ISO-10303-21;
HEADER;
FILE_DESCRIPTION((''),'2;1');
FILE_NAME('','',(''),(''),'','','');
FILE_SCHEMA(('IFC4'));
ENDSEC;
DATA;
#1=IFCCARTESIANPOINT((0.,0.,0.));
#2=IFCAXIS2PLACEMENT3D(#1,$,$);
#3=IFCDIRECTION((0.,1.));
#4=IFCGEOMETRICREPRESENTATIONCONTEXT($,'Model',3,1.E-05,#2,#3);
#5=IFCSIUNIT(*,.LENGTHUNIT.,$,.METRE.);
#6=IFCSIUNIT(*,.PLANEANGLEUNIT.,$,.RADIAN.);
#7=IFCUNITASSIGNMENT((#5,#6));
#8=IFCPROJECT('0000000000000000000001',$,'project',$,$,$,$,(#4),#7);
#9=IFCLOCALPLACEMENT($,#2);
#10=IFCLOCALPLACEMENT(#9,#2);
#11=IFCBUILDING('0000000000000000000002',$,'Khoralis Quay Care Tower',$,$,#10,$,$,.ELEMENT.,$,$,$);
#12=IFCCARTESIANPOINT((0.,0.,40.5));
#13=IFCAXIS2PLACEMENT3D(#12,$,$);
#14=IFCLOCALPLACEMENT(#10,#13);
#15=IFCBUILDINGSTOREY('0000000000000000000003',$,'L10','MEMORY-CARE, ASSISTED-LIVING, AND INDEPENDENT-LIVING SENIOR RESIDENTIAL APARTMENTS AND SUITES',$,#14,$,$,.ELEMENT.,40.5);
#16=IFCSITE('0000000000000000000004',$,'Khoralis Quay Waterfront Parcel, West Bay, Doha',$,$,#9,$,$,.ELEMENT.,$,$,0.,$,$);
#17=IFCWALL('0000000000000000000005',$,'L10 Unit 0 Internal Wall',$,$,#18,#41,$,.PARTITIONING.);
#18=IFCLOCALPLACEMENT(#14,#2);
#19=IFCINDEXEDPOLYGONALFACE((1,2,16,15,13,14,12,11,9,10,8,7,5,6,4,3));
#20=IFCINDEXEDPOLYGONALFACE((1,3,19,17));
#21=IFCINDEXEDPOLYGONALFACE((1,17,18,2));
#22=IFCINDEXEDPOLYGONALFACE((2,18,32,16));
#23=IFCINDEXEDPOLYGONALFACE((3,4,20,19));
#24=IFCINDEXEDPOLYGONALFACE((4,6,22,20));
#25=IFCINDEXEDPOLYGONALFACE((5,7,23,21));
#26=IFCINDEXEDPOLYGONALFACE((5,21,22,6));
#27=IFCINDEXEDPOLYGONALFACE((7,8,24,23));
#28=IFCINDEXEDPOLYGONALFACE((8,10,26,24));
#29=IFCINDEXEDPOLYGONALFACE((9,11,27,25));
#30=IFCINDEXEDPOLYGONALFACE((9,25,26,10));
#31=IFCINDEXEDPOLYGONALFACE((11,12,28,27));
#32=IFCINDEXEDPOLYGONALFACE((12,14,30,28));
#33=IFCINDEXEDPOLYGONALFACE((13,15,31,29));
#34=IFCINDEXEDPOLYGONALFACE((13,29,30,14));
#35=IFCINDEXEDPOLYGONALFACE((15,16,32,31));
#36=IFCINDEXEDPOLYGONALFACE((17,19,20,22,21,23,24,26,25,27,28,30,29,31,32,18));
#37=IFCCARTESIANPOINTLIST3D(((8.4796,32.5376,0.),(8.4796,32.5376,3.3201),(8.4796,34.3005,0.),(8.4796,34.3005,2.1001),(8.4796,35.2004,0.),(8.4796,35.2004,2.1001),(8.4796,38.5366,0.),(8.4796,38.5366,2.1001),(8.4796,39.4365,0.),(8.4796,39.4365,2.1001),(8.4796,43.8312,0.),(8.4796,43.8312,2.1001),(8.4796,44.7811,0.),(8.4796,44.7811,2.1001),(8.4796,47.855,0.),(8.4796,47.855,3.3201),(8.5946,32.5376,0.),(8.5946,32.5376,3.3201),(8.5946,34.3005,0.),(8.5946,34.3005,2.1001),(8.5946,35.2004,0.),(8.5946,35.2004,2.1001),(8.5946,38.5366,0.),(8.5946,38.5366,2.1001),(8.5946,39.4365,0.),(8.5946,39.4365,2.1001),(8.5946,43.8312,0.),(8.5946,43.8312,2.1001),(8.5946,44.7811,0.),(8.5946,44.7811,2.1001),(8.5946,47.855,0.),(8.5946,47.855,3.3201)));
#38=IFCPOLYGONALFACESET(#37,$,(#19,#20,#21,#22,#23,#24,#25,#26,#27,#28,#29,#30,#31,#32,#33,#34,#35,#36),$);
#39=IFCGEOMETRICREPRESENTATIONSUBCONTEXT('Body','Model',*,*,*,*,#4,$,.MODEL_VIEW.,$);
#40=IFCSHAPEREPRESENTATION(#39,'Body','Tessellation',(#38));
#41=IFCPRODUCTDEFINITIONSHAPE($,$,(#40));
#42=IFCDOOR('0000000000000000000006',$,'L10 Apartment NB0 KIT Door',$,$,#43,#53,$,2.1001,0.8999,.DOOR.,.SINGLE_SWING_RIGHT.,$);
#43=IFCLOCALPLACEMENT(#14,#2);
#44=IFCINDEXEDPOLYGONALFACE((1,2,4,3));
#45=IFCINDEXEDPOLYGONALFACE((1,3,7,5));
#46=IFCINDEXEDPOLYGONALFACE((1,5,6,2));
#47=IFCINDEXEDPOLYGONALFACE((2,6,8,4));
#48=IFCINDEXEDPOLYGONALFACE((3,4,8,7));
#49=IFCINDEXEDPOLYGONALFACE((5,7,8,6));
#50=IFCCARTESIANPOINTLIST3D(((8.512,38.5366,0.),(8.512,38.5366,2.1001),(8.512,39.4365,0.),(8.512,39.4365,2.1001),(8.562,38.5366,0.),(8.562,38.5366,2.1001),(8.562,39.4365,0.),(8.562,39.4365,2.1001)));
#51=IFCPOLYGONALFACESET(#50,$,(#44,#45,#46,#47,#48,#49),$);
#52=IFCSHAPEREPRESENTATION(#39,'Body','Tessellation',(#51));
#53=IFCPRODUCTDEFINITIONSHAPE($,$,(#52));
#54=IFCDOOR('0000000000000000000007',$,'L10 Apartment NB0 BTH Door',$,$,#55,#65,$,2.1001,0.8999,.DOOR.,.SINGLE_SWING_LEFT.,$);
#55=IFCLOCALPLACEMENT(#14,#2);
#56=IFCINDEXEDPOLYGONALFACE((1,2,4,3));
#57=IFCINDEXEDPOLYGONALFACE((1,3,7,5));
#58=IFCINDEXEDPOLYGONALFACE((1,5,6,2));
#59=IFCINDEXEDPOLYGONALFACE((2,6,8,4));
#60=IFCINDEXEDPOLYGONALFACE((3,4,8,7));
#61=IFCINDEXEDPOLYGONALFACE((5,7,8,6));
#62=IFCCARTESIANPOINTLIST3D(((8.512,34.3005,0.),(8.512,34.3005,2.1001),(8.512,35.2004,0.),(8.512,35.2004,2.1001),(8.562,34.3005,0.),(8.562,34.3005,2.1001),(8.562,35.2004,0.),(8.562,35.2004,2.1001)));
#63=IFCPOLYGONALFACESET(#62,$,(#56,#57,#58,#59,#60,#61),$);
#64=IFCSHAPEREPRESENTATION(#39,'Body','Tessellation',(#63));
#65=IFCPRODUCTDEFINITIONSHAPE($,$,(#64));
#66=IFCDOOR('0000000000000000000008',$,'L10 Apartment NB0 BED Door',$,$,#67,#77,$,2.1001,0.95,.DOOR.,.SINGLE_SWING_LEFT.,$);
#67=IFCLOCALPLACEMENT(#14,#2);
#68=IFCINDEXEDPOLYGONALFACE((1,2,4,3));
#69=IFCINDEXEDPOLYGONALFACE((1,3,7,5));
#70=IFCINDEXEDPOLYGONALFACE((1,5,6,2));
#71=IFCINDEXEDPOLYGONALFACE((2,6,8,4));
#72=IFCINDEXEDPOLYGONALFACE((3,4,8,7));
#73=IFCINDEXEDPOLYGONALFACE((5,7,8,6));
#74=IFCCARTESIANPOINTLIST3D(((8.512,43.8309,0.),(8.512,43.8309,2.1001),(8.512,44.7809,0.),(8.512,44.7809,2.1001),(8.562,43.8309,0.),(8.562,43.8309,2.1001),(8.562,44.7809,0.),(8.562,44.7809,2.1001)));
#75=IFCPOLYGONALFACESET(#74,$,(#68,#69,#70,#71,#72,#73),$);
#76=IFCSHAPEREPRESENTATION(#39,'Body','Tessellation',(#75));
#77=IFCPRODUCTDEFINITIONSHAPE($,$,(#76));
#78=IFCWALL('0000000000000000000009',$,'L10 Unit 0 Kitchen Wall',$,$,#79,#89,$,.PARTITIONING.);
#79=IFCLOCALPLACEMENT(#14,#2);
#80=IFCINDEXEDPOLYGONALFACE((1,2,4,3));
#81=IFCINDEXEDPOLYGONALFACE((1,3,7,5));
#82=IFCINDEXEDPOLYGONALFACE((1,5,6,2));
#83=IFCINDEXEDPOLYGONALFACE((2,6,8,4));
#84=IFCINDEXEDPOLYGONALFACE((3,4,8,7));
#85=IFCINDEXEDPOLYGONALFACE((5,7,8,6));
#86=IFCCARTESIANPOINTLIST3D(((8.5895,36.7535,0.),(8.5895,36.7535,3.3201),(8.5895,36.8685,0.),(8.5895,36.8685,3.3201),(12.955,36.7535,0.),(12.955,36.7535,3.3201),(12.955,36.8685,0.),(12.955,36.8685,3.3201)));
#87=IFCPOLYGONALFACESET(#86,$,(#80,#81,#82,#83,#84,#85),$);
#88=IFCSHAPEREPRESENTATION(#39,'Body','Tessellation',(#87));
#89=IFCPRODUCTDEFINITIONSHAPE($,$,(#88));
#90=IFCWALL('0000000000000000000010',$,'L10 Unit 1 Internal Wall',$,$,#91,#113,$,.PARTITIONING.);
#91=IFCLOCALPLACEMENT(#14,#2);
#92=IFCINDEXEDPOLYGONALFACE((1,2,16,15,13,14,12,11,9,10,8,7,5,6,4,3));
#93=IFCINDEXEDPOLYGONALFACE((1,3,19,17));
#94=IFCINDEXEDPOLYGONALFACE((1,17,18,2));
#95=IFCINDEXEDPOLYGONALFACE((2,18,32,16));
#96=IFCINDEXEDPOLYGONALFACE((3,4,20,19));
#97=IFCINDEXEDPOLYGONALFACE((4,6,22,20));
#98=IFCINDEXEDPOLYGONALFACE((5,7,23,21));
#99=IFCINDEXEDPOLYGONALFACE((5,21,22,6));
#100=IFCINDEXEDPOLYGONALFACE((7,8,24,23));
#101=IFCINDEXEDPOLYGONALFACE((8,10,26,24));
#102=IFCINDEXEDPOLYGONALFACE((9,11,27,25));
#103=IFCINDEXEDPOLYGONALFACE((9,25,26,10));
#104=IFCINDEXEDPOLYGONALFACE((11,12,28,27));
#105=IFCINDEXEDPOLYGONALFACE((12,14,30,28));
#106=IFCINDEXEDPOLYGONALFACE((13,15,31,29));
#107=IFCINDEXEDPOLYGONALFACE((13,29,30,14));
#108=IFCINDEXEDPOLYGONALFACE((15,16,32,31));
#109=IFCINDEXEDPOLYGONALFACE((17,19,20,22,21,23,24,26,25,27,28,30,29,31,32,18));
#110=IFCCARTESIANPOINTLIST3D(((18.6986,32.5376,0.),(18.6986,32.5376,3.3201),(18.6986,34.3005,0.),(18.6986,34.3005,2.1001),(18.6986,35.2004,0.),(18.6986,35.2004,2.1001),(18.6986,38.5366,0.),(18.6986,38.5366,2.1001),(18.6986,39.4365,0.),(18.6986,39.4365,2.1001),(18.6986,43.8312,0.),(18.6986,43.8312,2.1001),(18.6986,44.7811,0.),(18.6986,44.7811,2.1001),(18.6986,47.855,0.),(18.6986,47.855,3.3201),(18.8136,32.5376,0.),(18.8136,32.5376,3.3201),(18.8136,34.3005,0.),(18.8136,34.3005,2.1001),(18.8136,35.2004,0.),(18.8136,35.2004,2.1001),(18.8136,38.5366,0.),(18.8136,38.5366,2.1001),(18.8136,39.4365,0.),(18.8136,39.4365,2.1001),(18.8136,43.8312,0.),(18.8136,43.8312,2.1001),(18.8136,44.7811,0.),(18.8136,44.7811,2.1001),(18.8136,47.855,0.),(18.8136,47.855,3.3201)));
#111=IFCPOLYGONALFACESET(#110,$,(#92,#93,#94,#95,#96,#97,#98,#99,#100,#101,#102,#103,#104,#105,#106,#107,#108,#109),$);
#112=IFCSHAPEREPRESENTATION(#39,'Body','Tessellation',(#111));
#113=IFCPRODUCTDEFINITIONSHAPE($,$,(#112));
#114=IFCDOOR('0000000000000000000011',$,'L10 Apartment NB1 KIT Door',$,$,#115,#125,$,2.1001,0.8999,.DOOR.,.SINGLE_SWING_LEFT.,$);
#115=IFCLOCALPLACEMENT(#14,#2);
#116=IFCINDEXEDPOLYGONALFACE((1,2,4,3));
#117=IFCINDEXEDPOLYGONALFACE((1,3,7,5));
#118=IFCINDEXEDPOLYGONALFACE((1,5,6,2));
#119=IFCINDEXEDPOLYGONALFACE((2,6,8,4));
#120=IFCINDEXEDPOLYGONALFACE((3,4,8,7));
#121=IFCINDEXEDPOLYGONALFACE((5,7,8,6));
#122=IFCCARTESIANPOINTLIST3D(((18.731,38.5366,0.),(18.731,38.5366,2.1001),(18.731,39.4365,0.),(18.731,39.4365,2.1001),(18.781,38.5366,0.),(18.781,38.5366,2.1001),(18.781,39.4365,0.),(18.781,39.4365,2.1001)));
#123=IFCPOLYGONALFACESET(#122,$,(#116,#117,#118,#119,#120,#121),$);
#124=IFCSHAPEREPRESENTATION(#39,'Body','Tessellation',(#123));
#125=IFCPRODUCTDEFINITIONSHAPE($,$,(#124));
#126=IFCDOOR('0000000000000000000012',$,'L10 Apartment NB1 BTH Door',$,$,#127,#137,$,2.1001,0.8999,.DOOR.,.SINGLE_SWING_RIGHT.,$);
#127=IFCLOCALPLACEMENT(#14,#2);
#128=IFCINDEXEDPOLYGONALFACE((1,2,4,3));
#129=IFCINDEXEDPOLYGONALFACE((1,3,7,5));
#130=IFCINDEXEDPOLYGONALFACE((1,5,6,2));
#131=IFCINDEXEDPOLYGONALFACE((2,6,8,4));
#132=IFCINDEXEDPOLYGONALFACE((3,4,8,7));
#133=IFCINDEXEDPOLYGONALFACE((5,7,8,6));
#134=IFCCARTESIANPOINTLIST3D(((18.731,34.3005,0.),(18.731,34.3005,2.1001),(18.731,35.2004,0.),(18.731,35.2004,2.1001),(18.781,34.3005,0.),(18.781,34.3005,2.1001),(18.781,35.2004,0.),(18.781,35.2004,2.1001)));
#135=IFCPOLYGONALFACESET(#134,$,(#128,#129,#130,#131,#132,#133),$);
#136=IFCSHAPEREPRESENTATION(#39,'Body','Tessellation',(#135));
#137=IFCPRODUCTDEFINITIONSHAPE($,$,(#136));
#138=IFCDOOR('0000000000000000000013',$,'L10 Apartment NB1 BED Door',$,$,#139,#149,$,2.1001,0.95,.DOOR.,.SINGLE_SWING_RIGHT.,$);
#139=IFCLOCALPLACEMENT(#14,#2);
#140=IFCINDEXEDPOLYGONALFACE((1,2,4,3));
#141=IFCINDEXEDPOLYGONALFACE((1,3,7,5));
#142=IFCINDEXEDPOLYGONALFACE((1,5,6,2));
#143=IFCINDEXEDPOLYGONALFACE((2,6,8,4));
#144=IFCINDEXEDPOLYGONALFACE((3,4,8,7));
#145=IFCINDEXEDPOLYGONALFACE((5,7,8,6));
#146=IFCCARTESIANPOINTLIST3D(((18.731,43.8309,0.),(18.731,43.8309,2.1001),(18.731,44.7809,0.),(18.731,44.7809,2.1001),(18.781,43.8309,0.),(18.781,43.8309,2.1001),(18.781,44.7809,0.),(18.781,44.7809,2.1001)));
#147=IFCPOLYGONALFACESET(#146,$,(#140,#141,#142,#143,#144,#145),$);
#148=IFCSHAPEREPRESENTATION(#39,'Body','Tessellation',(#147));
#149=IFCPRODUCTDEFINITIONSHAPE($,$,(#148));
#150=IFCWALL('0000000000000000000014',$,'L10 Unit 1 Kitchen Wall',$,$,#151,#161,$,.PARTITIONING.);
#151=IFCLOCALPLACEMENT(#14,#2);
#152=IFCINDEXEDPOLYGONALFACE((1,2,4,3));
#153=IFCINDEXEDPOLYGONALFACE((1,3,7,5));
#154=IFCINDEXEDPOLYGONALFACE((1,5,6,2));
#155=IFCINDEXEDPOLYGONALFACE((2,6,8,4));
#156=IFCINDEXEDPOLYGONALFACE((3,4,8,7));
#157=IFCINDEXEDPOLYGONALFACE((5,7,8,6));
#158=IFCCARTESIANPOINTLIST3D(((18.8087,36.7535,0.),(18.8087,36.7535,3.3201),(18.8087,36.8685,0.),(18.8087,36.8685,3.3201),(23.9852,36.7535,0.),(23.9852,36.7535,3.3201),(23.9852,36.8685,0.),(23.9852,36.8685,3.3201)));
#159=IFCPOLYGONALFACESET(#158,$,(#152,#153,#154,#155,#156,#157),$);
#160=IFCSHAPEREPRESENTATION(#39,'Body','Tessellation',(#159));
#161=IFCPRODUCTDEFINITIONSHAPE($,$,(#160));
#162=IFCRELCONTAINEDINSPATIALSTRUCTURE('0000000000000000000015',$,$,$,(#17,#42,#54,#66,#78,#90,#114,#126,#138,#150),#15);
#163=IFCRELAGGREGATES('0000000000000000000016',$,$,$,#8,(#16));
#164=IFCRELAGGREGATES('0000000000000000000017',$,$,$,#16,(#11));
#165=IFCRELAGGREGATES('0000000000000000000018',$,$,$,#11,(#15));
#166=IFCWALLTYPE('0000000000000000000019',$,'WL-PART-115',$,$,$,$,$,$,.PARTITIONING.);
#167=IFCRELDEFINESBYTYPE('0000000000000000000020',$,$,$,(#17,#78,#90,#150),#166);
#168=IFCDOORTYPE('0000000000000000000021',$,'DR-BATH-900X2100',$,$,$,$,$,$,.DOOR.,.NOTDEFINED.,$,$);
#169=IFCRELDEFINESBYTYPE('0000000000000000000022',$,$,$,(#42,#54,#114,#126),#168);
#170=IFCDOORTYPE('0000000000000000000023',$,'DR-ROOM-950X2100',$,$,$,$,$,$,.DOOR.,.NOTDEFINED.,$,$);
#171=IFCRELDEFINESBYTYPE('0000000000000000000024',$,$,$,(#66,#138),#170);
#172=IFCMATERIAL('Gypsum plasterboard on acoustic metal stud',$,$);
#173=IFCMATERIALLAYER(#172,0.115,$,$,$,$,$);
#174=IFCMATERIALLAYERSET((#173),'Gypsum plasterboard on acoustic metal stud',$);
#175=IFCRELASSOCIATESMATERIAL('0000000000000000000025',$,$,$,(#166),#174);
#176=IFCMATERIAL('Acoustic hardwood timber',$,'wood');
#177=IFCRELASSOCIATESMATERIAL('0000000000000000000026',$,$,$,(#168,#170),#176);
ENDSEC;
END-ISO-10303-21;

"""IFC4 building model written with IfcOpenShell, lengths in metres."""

from ifc_helpers import new_model, si_unit, direction, frame, frame_2d, origin, place, context, subcontext, project, spatial, rectangle, extrude, source, transform, mapped, material, layer, layer_set, type_object, element, fill, save


model = new_model("IFC4")

# Units and contexts
model_context = context("Model", 3, precision=1e-05, world=origin(), true_north=direction((0.0, 1.0)))
body_context = subcontext(model_context, "Body", "Model", "MODEL_VIEW")
ifc_project = project(units=[si_unit("LENGTHUNIT", "METRE"), si_unit("PLANEANGLEUNIT", "RADIAN")], contexts=[model_context])

# Site, building, storey
site_placement = place(None, origin())
site = spatial("IfcSite", under=ifc_project, at=site_placement, Name="Khoralis Quay Waterfront Parcel, West Bay, Doha", CompositionType="ELEMENT", RefElevation=0.0)
building_placement = place(site_placement, origin())
building = spatial("IfcBuilding", under=site, at=building_placement, Name="Khoralis Quay Care Tower", CompositionType="ELEMENT")
storey_placement = place(building_placement, frame((0.0, 0.0, 40.5)))
storey = spatial("IfcBuildingStorey", under=building, at=storey_placement, Name="L10", Description="MEMORY-CARE, ASSISTED-LIVING, AND INDEPENDENT-LIVING SENIOR RESIDENTIAL APARTMENTS AND SUITES", CompositionType="ELEMENT", Elevation=40.5)

# Shared definitions
ifc_material_1 = material(Name="Gypsum plasterboard on acoustic metal stud")

# Wall, openings, doors
ifc_layer_1 = layer(ifc_material_1, 0.115)
ifc_layer_set_1 = layer_set([ifc_layer_1], Name="Gypsum plasterboard on acoustic metal stud")
wall_type_1 = type_object("IfcWallType", Name="WL-PART-115", PredefinedType="PARTITIONING", material=ifc_layer_set_1)
wall_1_placement = place(storey_placement, frame((8.5371, 32.5376, 0.0), z_axis=(0.0, 0.0, 1.0), x_axis=(0.0, 1.0, 0.0)))
wall_1 = element("IfcWall", 1, at=wall_1_placement, inside=storey, type_object=wall_type_1, Name="L10 Unit 0 Internal Wall", PredefinedType="PARTITIONING", context=body_context, shape_type="SweptSolid", body=[
    extrude(rectangle(XDim=15.3174, YDim=0.115, at=frame_2d((7.6587, 0.0))), origin(), (0.0, 0.0, 1.0), 3.3201),
])
opening_1_placement = place(wall_1_placement, frame((11.2935, 0.0, 0.0)))
opening_1 = element("IfcOpeningElement", 2, at=opening_1_placement, cuts=wall_1, PredefinedType="OPENING", context=body_context, shape_type="SweptSolid", body=[
    extrude(rectangle(XDim=0.95, YDim=2.1001, at=frame_2d((0.4751, 1.05))), frame((0.0, 0.0674, 0.0), z_axis=(0.0, -1.0, 0.0), x_axis=(1.0, 0.0, 0.0)), (0.0, 0.0, 1.0), 0.135),
])
opening_2_placement = place(wall_1_placement, frame((5.999, 0.0, 0.0)))
opening_2 = element("IfcOpeningElement", 3, at=opening_2_placement, cuts=wall_1, PredefinedType="OPENING", context=body_context, shape_type="SweptSolid", body=[
    extrude(rectangle(XDim=0.8999, YDim=2.1001, at=frame_2d((0.45, 1.05))), frame((0.0, 0.0674, 0.0), z_axis=(0.0, -1.0, 0.0), x_axis=(1.0, 0.0, 0.0)), (0.0, 0.0, 1.0), 0.135),
])
opening_3_placement = place(wall_1_placement, frame((1.7629, 0.0, 0.0)))
opening_3 = element("IfcOpeningElement", 4, at=opening_3_placement, cuts=wall_1, PredefinedType="OPENING", context=body_context, shape_type="SweptSolid", body=[
    extrude(rectangle(XDim=0.8999, YDim=2.1001, at=frame_2d((0.45, 1.05))), frame((0.0, 0.0674, 0.0), z_axis=(0.0, -1.0, 0.0), x_axis=(1.0, 0.0, 0.0)), (0.0, 0.0, 1.0), 0.135),
])
ifc_material_2 = material(Name="Acoustic hardwood timber", Category="wood")
door_type_1 = type_object("IfcDoorType", Name="DR-BATH-900X2100", OperationType="NOTDEFINED", PredefinedType="DOOR", material=ifc_material_2)
shared_shape_1 = source(origin(), body_context, "Body", "SweptSolid", [
    extrude(rectangle(XDim=0.8999, YDim=2.1001, at=frame_2d((0.45, 1.05))), frame((0.0, 0.0249, 0.0), z_axis=(0.0, -1.0, 0.0), x_axis=(1.0, 0.0, 0.0)), (0.0, 0.0, 1.0), 0.05),
])
door_1_placement = place(opening_2_placement, frame((0.8999, 0.0, 0.0), z_axis=(0.0, 0.0, 1.0), x_axis=(-1.0, 0.0, 0.0)))
door_1 = element("IfcDoor", 5, at=door_1_placement, inside=storey, type_object=door_type_1, Name="L10 Apartment NB0 KIT Door", OperationType="SINGLE_SWING_RIGHT", OverallHeight=2.1001, OverallWidth=0.8999, PredefinedType="DOOR", context=body_context, shape_type="MappedRepresentation", body=[
    mapped(shared_shape_1, transform((0.0, 0.0, 0.0), scale=1.0)),
])
fill(opening_2, door_1)
door_2_placement = place(opening_3_placement, frame((0.8999, 0.0, 0.0), z_axis=(0.0, 0.0, 1.0), x_axis=(-1.0, 0.0, 0.0)))
door_2 = element("IfcDoor", 6, at=door_2_placement, inside=storey, type_object=door_type_1, Name="L10 Apartment NB0 BTH Door", OperationType="SINGLE_SWING_LEFT", OverallHeight=2.1001, OverallWidth=0.8999, PredefinedType="DOOR", context=body_context, shape_type="MappedRepresentation", body=[
    mapped(shared_shape_1, transform((0.0, 0.0, 0.0), scale=1.0)),
])
fill(opening_3, door_2)
door_type_2 = type_object("IfcDoorType", Name="DR-ROOM-950X2100", OperationType="NOTDEFINED", PredefinedType="DOOR", material=ifc_material_2)
shared_shape_2 = source(origin(), body_context, "Body", "SweptSolid", [
    extrude(rectangle(XDim=0.95, YDim=2.1001, at=frame_2d((0.4751, 1.05))), frame((0.0, 0.0249, 0.0), z_axis=(0.0, -1.0, 0.0), x_axis=(1.0, 0.0, 0.0)), (0.0, 0.0, 1.0), 0.05),
])
door_3_placement = place(opening_1_placement, frame((0.95, 0.0, 0.0), z_axis=(0.0, 0.0, 1.0), x_axis=(-1.0, 0.0, 0.0)))
door_3 = element("IfcDoor", 7, at=door_3_placement, inside=storey, type_object=door_type_2, Name="L10 Apartment NB0 BED Door", OperationType="SINGLE_SWING_LEFT", OverallHeight=2.1001, OverallWidth=0.95, PredefinedType="DOOR", context=body_context, shape_type="MappedRepresentation", body=[
    mapped(shared_shape_2, transform((0.0, 0.0, 0.0), scale=1.0)),
])
fill(opening_1, door_3)

# Wall
wall_2_placement = place(storey_placement, frame((8.5896, 36.811, 0.0), z_axis=(0.0, 0.0, 1.0), x_axis=(1.0, 0.0, 0.0)))
element("IfcWall", 8, at=wall_2_placement, inside=storey, type_object=wall_type_1, Name="L10 Unit 0 Kitchen Wall", PredefinedType="PARTITIONING", context=body_context, shape_type="SweptSolid", body=[
    extrude(rectangle(XDim=4.3655, YDim=0.115, at=frame_2d((2.1826, 0.0))), origin(), (0.0, 0.0, 1.0), 3.3201),
])

# Wall, openings, doors
wall_3_placement = place(storey_placement, frame((18.7561, 32.5376, 0.0), z_axis=(0.0, 0.0, 1.0), x_axis=(0.0, 1.0, 0.0)))
wall_3 = element("IfcWall", 9, at=wall_3_placement, inside=storey, type_object=wall_type_1, Name="L10 Unit 1 Internal Wall", PredefinedType="PARTITIONING", context=body_context, shape_type="SweptSolid", body=[
    extrude(rectangle(XDim=15.3174, YDim=0.115, at=frame_2d((7.6587, 0.0))), origin(), (0.0, 0.0, 1.0), 3.3201),
])
opening_4_placement = place(wall_3_placement, frame((11.2935, 0.0, 0.0)))
opening_4 = element("IfcOpeningElement", 10, at=opening_4_placement, cuts=wall_3, PredefinedType="OPENING", context=body_context, shape_type="SweptSolid", body=[
    extrude(rectangle(XDim=0.95, YDim=2.1001, at=frame_2d((0.4751, 1.05))), frame((0.0, 0.0674, 0.0), z_axis=(0.0, -1.0, 0.0), x_axis=(1.0, 0.0, 0.0)), (0.0, 0.0, 1.0), 0.135),
])
opening_5_placement = place(wall_3_placement, frame((5.999, 0.0, 0.0)))
opening_5 = element("IfcOpeningElement", 11, at=opening_5_placement, cuts=wall_3, PredefinedType="OPENING", context=body_context, shape_type="SweptSolid", body=[
    extrude(rectangle(XDim=0.8999, YDim=2.1001, at=frame_2d((0.45, 1.05))), frame((0.0, 0.0674, 0.0), z_axis=(0.0, -1.0, 0.0), x_axis=(1.0, 0.0, 0.0)), (0.0, 0.0, 1.0), 0.135),
])
opening_6_placement = place(wall_3_placement, frame((1.7629, 0.0, 0.0)))
opening_6 = element("IfcOpeningElement", 12, at=opening_6_placement, cuts=wall_3, PredefinedType="OPENING", context=body_context, shape_type="SweptSolid", body=[
    extrude(rectangle(XDim=0.8999, YDim=2.1001, at=frame_2d((0.45, 1.05))), frame((0.0, 0.0674, 0.0), z_axis=(0.0, -1.0, 0.0), x_axis=(1.0, 0.0, 0.0)), (0.0, 0.0, 1.0), 0.135),
])
door_4_placement = place(opening_5_placement, frame((0.8999, 0.0, 0.0), z_axis=(0.0, 0.0, 1.0), x_axis=(-1.0, 0.0, 0.0)))
door_4 = element("IfcDoor", 13, at=door_4_placement, inside=storey, type_object=door_type_1, Name="L10 Apartment NB1 KIT Door", OperationType="SINGLE_SWING_LEFT", OverallHeight=2.1001, OverallWidth=0.8999, PredefinedType="DOOR", context=body_context, shape_type="MappedRepresentation", body=[
    mapped(shared_shape_1, transform((0.0, 0.0, 0.0), scale=1.0)),
])
fill(opening_5, door_4)
door_5_placement = place(opening_6_placement, frame((0.8999, 0.0, 0.0), z_axis=(0.0, 0.0, 1.0), x_axis=(-1.0, 0.0, 0.0)))
door_5 = element("IfcDoor", 14, at=door_5_placement, inside=storey, type_object=door_type_1, Name="L10 Apartment NB1 BTH Door", OperationType="SINGLE_SWING_RIGHT", OverallHeight=2.1001, OverallWidth=0.8999, PredefinedType="DOOR", context=body_context, shape_type="MappedRepresentation", body=[
    mapped(shared_shape_1, transform((0.0, 0.0, 0.0), scale=1.0)),
])
fill(opening_6, door_5)
door_6_placement = place(opening_4_placement, frame((0.95, 0.0, 0.0), z_axis=(0.0, 0.0, 1.0), x_axis=(-1.0, 0.0, 0.0)))
door_6 = element("IfcDoor", 15, at=door_6_placement, inside=storey, type_object=door_type_2, Name="L10 Apartment NB1 BED Door", OperationType="SINGLE_SWING_RIGHT", OverallHeight=2.1001, OverallWidth=0.95, PredefinedType="DOOR", context=body_context, shape_type="MappedRepresentation", body=[
    mapped(shared_shape_2, transform((0.0, 0.0, 0.0), scale=1.0)),
])
fill(opening_4, door_6)

# Wall
wall_4_placement = place(storey_placement, frame((18.8086, 36.811, 0.0), z_axis=(0.0, 0.0, 1.0), x_axis=(1.0, 0.0, 0.0)))
element("IfcWall", 16, at=wall_4_placement, inside=storey, type_object=wall_type_1, Name="L10 Unit 1 Kitchen Wall", PredefinedType="PARTITIONING", context=body_context, shape_type="SweptSolid", body=[
    extrude(rectangle(XDim=5.1765, YDim=0.115, at=frame_2d((2.5884, 0.0))), origin(), (0.0, 0.0, 1.0), 3.3201),
])

save(model, "model.ifc")
